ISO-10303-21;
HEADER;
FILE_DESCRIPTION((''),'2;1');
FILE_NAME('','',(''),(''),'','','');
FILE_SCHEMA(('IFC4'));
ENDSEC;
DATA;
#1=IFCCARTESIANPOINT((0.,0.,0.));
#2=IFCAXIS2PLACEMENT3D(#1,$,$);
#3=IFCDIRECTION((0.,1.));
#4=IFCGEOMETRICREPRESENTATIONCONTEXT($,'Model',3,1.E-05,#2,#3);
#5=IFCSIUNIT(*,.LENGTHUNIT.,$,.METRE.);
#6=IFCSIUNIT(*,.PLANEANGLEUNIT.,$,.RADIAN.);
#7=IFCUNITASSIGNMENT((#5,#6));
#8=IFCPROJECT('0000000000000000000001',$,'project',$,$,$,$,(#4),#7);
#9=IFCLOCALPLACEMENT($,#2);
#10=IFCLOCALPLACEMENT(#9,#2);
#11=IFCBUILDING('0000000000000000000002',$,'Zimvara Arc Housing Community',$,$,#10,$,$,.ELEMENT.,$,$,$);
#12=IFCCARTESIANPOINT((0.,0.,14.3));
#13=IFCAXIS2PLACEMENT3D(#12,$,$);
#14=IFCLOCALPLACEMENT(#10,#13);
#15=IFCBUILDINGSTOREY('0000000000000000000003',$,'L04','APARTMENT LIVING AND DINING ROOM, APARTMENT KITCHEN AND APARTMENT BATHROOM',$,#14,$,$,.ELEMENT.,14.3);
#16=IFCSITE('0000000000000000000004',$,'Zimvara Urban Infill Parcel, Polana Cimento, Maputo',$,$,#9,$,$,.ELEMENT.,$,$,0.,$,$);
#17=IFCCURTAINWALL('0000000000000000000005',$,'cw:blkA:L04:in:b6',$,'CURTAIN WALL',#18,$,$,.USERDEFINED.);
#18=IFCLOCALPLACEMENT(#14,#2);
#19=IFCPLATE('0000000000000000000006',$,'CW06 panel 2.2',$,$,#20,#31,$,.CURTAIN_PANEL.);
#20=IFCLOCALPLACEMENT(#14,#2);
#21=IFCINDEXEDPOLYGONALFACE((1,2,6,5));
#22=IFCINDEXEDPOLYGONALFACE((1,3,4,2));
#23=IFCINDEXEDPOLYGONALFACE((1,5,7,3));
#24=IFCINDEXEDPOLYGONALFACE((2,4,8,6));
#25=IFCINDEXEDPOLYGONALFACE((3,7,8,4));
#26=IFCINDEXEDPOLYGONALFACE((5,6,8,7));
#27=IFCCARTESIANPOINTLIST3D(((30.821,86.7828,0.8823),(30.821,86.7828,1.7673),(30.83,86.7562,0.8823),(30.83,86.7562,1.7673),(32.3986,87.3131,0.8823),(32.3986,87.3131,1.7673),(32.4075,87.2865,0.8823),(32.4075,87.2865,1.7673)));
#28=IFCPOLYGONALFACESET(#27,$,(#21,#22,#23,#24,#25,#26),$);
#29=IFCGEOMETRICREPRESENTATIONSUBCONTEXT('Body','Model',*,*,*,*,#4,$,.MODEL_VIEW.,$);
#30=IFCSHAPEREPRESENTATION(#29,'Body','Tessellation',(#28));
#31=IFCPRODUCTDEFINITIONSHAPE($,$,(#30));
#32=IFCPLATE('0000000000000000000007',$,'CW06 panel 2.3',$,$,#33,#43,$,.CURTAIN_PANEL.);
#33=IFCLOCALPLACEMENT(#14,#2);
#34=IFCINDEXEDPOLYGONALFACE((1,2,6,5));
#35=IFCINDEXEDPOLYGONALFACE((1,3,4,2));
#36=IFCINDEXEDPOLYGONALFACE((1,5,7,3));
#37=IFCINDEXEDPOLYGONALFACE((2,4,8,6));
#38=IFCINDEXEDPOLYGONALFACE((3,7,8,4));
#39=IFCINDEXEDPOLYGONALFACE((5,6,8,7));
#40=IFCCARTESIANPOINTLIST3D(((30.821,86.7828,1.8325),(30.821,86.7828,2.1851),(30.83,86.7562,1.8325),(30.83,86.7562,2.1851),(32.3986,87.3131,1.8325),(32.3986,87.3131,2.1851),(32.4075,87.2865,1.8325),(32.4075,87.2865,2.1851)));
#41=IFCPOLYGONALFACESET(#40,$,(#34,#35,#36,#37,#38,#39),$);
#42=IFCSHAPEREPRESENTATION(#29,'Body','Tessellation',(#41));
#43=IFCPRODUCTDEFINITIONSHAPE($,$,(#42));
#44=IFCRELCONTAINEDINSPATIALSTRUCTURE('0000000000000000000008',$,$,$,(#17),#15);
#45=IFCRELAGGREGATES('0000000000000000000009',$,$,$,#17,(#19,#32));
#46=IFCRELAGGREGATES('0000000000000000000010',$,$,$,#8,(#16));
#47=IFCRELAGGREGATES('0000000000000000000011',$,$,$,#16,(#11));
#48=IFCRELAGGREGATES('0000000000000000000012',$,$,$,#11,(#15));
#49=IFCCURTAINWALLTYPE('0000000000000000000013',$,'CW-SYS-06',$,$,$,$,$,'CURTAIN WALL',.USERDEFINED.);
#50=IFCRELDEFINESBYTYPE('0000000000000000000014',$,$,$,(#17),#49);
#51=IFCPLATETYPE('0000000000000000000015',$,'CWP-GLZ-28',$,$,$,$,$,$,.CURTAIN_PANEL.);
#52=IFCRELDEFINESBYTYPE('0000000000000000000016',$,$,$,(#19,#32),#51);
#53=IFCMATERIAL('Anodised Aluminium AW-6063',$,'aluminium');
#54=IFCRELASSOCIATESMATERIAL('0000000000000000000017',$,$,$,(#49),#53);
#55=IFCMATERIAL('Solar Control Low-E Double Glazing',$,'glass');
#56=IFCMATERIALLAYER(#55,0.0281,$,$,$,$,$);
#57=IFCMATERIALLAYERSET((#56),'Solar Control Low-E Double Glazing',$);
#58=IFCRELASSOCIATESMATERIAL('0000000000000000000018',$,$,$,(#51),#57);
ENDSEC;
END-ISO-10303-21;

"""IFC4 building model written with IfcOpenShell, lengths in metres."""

from ifc_helpers import new_model, si_unit, direction, frame, origin, origin_2d, place, context, subcontext, project, spatial, rectangle, extrude, material, layer, layer_set, type_object, element, aggregate, save


model = new_model("IFC4")

# Units and contexts
model_context = context("Model", 3, precision=1e-05, world=origin(), true_north=direction((0.0, 1.0)))
body_context = subcontext(model_context, "Body", "Model", "MODEL_VIEW")
ifc_project = project(units=[si_unit("LENGTHUNIT", "METRE"), si_unit("PLANEANGLEUNIT", "RADIAN")], contexts=[model_context])

# Site, building, storey
site_placement = place(None, origin())
site = spatial("IfcSite", under=ifc_project, at=site_placement, Name="Zimvara Urban Infill Parcel, Polana Cimento, Maputo", CompositionType="ELEMENT", RefElevation=0.0)
building_placement = place(site_placement, origin())
building = spatial("IfcBuilding", under=site, at=building_placement, Name="Zimvara Arc Housing Community", CompositionType="ELEMENT")
storey_placement = place(building_placement, frame((0.0, 0.0, 14.3)))
storey = spatial("IfcBuildingStorey", under=building, at=storey_placement, Name="L04", Description="APARTMENT LIVING AND DINING ROOM, APARTMENT KITCHEN AND APARTMENT BATHROOM", CompositionType="ELEMENT", Elevation=14.3)

# Curtain wall
ifc_material_1 = material(Name="Anodised Aluminium AW-6063", Category="aluminium")
curtain_wall_type_1 = type_object("IfcCurtainWallType", Name="CW-SYS-06", ElementType="CURTAIN WALL", PredefinedType="USERDEFINED", material=ifc_material_1)
curtain_wall_1_placement = place(storey_placement, origin())
curtain_wall_1 = element("IfcCurtainWall", 1, at=curtain_wall_1_placement, inside=storey, type_object=curtain_wall_type_1, Name="cw:blkA:L04:in:b6", ObjectType="CURTAIN WALL", PredefinedType="USERDEFINED")

# Plates
ifc_material_2 = material(Name="Solar Control Low-E Double Glazing", Category="glass")
ifc_layer = layer(ifc_material_2, 0.0281)
ifc_layer_set = layer_set([ifc_layer], Name="Solar Control Low-E Double Glazing")
plate_type = type_object("IfcPlateType", Name="CWP-GLZ-28", PredefinedType="CURTAIN_PANEL", material=ifc_layer_set)
plate_1_placement = place(storey_placement, frame((31.6143, 87.0347, 0.8823), z_axis=(0.0, 0.0, 1.0), x_axis=(0.947879, 0.31863, 0.0)))
plate_1 = element("IfcPlate", 2, at=plate_1_placement, type_object=plate_type, Name="CW06 panel 2.2", PredefinedType="CURTAIN_PANEL", context=body_context, shape_type="SweptSolid", body=[
    extrude(rectangle(XDim=1.6643, YDim=0.0281, at=origin_2d()), origin(), (0.0, 0.0, 1.0), 0.885),
])
plate_2_placement = place(storey_placement, frame((31.6143, 87.0347, 1.8325), z_axis=(0.0, 0.0, 1.0), x_axis=(0.947879, 0.31863, 0.0)))
plate_2 = element("IfcPlate", 3, at=plate_2_placement, type_object=plate_type, Name="CW06 panel 2.3", PredefinedType="CURTAIN_PANEL", context=body_context, shape_type="SweptSolid", body=[
    extrude(rectangle(XDim=1.6643, YDim=0.0281, at=origin_2d()), origin(), (0.0, 0.0, 1.0), 0.3525),
])
aggregate(curtain_wall_1, [plate_1, plate_2])

save(model, "model.ifc")
